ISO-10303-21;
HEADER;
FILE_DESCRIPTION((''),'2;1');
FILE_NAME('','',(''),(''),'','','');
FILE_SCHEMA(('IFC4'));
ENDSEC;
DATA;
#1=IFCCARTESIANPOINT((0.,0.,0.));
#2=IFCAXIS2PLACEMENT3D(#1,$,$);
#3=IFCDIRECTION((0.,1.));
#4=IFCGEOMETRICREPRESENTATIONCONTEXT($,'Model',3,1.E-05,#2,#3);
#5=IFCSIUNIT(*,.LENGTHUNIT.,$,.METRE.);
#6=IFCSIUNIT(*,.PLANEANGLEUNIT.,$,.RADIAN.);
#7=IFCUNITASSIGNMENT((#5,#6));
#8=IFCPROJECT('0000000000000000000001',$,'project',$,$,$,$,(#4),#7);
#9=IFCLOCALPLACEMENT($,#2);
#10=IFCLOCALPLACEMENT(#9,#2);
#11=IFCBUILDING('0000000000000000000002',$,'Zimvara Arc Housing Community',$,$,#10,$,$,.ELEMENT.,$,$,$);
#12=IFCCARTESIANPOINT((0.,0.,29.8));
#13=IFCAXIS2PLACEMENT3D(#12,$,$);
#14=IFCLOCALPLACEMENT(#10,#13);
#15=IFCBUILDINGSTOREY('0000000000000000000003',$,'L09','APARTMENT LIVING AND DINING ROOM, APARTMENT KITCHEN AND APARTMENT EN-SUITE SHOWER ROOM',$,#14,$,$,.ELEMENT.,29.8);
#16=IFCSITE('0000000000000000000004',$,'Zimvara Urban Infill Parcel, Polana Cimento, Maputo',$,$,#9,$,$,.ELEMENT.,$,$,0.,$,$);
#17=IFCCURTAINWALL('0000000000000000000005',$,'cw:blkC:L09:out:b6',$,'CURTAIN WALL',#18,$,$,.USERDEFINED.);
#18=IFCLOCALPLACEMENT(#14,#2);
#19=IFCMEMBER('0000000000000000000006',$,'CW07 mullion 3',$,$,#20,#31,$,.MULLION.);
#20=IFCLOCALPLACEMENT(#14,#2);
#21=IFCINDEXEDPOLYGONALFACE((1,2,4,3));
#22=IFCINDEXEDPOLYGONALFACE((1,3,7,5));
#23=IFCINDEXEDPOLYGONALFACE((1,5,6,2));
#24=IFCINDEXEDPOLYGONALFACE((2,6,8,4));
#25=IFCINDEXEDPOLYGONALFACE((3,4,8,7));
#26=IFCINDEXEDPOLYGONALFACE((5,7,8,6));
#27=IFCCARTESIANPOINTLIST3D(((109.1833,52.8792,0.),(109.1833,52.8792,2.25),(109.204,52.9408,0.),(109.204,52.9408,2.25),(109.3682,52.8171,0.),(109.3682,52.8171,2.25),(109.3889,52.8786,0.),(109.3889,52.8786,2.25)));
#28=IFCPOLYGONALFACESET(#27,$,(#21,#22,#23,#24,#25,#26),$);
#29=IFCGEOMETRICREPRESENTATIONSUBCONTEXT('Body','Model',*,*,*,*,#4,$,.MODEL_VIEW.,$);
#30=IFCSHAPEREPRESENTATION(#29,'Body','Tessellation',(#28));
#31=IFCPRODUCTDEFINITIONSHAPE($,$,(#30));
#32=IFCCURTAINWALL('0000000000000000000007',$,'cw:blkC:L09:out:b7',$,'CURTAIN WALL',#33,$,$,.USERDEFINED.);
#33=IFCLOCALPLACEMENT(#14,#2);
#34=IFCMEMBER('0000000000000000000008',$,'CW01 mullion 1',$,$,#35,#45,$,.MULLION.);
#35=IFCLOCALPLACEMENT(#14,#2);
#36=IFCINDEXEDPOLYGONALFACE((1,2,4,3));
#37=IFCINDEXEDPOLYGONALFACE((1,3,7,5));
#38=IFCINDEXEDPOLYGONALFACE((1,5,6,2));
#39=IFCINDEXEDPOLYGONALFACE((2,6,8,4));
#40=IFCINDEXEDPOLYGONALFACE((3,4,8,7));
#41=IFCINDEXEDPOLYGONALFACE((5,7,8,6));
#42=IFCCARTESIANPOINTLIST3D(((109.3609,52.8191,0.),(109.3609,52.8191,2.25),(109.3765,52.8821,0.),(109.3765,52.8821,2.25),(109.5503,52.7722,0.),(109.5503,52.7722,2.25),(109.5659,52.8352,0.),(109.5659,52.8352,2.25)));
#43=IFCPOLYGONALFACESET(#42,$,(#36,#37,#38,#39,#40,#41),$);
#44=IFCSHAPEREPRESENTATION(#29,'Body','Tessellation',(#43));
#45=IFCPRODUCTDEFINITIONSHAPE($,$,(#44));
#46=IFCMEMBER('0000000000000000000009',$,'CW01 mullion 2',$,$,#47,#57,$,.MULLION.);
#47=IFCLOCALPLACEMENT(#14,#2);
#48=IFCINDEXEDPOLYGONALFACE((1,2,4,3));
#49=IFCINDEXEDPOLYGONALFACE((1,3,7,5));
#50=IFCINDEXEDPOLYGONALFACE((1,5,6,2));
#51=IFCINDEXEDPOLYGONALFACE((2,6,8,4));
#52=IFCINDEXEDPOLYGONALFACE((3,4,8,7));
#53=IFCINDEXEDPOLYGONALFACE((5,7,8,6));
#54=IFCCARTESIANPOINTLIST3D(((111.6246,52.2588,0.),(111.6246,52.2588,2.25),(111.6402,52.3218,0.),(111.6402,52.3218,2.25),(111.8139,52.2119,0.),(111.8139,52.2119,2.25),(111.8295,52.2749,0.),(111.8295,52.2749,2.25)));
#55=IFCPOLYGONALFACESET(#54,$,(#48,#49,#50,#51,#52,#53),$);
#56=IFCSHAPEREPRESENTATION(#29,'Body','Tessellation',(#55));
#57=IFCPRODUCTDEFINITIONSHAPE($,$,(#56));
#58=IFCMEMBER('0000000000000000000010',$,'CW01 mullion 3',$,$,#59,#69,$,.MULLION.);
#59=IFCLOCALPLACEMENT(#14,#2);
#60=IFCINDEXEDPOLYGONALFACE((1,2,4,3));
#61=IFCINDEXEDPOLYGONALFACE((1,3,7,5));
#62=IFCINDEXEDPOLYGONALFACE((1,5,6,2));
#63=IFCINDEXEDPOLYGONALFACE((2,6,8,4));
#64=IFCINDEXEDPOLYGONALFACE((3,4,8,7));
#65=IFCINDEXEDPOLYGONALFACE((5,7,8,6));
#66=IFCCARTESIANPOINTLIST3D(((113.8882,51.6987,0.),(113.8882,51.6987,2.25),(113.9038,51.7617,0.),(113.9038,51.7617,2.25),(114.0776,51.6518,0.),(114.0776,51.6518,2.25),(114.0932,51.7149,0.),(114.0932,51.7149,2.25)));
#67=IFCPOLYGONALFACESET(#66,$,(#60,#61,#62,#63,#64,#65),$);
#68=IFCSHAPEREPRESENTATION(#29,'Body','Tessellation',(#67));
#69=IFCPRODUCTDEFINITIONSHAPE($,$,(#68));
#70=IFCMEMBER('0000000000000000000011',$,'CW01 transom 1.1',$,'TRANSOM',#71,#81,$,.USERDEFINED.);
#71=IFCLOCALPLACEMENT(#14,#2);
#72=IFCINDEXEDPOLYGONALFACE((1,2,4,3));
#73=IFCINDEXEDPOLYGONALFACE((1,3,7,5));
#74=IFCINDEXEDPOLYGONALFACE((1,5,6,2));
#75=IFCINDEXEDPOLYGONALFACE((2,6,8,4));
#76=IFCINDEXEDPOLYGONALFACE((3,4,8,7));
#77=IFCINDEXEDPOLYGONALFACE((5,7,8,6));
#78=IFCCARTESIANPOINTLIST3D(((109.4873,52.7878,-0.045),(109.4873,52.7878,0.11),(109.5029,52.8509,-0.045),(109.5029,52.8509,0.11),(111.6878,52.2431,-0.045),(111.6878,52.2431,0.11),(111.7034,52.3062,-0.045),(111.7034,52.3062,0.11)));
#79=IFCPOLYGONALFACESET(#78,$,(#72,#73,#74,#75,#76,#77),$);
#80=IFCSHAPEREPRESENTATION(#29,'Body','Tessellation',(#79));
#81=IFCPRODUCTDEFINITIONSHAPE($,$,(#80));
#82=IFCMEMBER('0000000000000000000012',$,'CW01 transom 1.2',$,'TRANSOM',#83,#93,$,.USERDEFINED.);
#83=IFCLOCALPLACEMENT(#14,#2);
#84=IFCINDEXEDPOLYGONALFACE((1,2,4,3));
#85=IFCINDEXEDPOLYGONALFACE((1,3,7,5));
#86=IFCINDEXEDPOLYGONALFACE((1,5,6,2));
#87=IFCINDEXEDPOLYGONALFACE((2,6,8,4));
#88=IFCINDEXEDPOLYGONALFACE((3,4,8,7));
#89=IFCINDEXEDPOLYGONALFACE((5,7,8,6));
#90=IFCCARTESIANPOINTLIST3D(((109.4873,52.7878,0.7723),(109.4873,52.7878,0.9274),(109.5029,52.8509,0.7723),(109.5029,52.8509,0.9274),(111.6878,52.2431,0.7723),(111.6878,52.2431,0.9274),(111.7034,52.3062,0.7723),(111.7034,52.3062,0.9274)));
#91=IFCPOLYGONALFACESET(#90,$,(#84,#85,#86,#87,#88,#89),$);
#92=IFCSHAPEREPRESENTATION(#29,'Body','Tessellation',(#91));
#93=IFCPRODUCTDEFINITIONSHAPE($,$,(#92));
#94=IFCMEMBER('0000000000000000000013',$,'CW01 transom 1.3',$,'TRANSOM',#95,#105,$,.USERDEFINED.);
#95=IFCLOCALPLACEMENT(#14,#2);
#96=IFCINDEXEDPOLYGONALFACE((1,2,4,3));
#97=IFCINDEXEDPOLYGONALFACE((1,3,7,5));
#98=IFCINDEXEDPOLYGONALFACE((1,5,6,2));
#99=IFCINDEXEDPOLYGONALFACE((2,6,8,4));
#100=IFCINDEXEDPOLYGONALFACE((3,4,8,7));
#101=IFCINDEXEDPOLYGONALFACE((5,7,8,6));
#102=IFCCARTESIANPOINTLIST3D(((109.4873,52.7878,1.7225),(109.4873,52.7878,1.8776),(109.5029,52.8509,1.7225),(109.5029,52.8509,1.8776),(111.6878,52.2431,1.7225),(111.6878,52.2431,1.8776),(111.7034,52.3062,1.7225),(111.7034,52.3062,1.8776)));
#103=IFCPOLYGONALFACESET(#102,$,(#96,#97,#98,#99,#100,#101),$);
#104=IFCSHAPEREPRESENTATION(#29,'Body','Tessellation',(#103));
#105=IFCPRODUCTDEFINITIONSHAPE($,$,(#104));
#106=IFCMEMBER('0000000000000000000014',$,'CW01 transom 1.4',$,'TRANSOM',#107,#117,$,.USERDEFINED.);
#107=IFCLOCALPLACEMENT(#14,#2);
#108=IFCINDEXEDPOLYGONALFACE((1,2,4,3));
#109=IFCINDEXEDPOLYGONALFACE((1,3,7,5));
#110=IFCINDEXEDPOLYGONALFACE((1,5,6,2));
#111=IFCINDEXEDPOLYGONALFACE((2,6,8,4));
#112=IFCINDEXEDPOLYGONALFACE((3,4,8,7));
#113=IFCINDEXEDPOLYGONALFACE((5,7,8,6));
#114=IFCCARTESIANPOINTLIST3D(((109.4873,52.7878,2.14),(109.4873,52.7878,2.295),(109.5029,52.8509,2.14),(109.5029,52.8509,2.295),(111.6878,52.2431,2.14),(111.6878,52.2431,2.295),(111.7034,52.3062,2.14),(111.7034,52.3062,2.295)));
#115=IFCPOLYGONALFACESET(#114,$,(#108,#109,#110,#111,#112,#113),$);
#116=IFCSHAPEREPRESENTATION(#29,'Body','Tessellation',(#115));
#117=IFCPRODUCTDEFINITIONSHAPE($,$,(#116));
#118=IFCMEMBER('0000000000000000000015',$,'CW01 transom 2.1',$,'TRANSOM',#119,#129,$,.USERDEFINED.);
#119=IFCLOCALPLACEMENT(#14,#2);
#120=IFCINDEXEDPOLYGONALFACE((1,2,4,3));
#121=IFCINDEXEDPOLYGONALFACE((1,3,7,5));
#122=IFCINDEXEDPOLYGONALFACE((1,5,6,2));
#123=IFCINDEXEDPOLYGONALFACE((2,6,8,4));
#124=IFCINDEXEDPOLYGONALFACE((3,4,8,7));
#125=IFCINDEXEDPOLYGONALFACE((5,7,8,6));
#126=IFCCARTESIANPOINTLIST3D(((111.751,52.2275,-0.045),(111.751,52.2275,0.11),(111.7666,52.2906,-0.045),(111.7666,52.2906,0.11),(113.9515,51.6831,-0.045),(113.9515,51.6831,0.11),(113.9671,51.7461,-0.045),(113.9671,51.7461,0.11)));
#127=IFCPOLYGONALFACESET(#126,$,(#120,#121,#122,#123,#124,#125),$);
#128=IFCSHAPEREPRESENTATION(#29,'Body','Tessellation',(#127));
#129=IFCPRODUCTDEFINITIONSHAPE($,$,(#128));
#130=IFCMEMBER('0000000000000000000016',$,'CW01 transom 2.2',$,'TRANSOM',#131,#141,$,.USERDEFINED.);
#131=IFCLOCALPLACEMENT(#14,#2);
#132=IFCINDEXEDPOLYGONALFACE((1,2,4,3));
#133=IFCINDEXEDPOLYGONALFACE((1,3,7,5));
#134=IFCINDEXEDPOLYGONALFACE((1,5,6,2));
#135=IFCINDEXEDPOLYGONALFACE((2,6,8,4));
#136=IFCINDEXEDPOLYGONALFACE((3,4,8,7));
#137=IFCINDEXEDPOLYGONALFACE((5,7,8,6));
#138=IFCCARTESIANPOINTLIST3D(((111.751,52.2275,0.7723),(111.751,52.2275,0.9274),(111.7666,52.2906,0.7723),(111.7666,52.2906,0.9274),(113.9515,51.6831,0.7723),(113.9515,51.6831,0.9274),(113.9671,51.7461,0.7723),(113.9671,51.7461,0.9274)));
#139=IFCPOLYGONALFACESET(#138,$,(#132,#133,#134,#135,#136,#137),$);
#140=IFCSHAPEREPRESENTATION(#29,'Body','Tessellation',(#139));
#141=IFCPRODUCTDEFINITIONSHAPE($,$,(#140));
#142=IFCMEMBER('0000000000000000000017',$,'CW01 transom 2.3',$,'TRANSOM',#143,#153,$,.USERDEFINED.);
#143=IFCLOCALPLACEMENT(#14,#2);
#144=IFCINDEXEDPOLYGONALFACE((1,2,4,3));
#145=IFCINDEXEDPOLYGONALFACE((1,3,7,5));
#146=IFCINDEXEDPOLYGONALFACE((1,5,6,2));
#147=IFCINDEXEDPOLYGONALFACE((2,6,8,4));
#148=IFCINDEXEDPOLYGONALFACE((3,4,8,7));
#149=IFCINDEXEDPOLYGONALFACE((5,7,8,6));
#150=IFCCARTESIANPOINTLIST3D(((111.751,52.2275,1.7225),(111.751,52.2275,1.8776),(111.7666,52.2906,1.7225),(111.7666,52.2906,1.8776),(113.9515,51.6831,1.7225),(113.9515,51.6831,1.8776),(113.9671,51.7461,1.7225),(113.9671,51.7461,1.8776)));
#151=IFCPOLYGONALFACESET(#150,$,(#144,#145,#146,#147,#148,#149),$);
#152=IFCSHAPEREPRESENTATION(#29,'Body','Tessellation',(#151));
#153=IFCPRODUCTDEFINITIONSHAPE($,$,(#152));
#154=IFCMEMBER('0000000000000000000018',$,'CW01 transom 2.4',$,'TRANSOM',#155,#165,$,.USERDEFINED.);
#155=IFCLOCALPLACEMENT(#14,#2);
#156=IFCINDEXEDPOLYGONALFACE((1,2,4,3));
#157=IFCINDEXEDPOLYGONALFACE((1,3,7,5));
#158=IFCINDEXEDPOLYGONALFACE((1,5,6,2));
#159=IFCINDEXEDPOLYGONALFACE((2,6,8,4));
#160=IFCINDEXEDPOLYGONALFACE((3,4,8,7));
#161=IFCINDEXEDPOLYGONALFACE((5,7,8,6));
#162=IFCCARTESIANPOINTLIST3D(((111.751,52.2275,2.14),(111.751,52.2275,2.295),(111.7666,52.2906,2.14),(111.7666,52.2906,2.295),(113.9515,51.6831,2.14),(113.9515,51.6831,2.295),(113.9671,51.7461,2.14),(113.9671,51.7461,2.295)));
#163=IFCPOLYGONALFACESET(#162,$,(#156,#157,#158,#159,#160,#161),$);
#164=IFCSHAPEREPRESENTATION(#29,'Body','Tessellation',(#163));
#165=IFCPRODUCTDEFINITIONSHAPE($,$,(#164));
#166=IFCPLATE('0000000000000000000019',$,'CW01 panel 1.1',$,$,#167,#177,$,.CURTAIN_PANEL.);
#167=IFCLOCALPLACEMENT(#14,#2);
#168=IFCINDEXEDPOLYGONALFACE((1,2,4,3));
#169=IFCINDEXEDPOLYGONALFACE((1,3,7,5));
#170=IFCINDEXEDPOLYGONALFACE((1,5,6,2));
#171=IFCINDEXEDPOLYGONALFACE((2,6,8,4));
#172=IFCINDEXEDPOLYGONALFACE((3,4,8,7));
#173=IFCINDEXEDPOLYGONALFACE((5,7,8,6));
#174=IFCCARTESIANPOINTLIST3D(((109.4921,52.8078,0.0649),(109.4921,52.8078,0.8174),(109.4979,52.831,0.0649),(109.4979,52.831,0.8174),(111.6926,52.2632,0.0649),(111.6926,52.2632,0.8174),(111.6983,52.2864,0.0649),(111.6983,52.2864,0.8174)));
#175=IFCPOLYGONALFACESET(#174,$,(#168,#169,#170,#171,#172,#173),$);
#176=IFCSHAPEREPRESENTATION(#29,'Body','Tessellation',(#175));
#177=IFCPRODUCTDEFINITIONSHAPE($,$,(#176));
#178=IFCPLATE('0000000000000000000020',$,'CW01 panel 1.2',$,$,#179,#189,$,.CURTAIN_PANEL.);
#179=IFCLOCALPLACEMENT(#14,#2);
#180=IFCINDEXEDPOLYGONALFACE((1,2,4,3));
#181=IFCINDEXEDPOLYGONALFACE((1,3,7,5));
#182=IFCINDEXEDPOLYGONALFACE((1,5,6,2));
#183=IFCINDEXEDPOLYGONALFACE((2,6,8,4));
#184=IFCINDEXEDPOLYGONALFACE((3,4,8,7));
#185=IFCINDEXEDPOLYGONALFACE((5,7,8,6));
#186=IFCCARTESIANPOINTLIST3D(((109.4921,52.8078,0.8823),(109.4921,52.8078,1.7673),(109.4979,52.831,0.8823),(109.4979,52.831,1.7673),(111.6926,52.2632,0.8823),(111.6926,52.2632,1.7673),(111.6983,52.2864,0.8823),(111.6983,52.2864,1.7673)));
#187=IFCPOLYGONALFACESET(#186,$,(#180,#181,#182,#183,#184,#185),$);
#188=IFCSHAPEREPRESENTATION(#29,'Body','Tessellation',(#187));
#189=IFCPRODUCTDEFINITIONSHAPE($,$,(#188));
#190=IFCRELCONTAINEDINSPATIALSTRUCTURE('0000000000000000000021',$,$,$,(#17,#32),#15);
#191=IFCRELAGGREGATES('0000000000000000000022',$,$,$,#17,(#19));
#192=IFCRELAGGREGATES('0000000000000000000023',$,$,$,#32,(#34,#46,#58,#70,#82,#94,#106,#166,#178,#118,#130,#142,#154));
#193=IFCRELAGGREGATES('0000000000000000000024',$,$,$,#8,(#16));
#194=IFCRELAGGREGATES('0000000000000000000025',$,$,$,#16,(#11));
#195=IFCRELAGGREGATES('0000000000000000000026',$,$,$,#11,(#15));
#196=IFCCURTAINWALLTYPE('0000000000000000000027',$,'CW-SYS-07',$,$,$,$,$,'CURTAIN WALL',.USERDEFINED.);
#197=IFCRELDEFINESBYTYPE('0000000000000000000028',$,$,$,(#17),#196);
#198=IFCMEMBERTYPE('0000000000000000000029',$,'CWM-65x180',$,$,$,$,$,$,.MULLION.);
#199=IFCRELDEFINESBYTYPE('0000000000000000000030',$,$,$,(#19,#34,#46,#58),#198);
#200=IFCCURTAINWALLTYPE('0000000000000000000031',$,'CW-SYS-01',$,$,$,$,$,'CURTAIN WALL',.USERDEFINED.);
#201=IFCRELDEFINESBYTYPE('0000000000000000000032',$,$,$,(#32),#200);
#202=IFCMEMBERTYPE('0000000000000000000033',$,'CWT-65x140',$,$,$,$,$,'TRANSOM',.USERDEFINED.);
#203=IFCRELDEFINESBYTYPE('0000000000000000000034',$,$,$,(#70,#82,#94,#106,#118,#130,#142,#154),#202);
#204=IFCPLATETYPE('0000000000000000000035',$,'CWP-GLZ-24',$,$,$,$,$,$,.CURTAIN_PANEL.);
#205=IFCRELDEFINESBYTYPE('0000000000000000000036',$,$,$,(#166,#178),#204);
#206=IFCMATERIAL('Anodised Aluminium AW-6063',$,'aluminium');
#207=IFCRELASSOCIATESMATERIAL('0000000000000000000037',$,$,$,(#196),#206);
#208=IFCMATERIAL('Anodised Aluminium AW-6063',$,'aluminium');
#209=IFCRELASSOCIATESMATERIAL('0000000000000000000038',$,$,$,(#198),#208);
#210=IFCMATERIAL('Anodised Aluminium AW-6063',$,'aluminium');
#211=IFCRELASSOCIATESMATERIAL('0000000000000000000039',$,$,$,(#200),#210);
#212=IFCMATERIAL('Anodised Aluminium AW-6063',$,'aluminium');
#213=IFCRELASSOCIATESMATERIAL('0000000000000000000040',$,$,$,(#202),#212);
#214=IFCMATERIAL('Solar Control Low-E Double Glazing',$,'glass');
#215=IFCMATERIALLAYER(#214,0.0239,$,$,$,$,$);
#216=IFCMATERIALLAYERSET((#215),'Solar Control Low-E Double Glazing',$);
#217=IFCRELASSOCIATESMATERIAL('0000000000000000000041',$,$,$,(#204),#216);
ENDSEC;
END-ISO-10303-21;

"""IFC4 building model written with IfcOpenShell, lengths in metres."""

from ifc_helpers import new_model, si_unit, direction, frame, origin, origin_2d, place, context, subcontext, project, spatial, rectangle, extrude, material, layer, layer_set, material_profile, profile_set, type_object, element, aggregate, save


model = new_model("IFC4")

# Units and contexts
model_context = context("Model", 3, precision=1e-05, world=origin(), true_north=direction((0.0, 1.0)))
body_context = subcontext(model_context, "Body", "Model", "MODEL_VIEW")
ifc_project = project(units=[si_unit("LENGTHUNIT", "METRE"), si_unit("PLANEANGLEUNIT", "RADIAN")], contexts=[model_context])

# Site, building, storey
site_placement = place(None, origin())
site = spatial("IfcSite", under=ifc_project, at=site_placement, Name="Zimvara Urban Infill Parcel, Polana Cimento, Maputo", CompositionType="ELEMENT", RefElevation=0.0)
building_placement = place(site_placement, origin())
building = spatial("IfcBuilding", under=site, at=building_placement, Name="Zimvara Arc Housing Community", CompositionType="ELEMENT")
storey_placement = place(building_placement, frame((0.0, 0.0, 29.8)))
storey = spatial("IfcBuildingStorey", under=building, at=storey_placement, Name="L09", Description="APARTMENT LIVING AND DINING ROOM, APARTMENT KITCHEN AND APARTMENT EN-SUITE SHOWER ROOM", CompositionType="ELEMENT", Elevation=29.8)

# Curtain wall, member
ifc_material_1 = material(Name="Anodised Aluminium AW-6063", Category="aluminium")
curtain_wall_type_1 = type_object("IfcCurtainWallType", Name="CW-SYS-07", ElementType="CURTAIN WALL", PredefinedType="USERDEFINED", material=ifc_material_1)
curtain_wall_1_placement = place(storey_placement, origin())
curtain_wall_1 = element("IfcCurtainWall", 1, at=curtain_wall_1_placement, inside=storey, type_object=curtain_wall_type_1, Name="cw:blkC:L09:out:b6", ObjectType="CURTAIN WALL", PredefinedType="USERDEFINED")
ifc_material_2 = material(Name="Anodised Aluminium AW-6063", Category="aluminium")
ifc_material_profile_1 = material_profile(ifc_material_2, rectangle(XDim=0.0649, YDim=0.1951, at=origin_2d()), Name="ALU 65x195")
ifc_profile_set_1 = profile_set([ifc_material_profile_1], Name="Anodised Aluminium AW-6063")
member_type_1 = type_object("IfcMemberType", Name="CWM-65x180", PredefinedType="MULLION", material=ifc_profile_set_1)
member_1_placement = place(storey_placement, frame((109.2861, 52.8789, 0.0), z_axis=(0.0, 0.0, 1.0), x_axis=(0.318629, 0.94788, 0.0)))
member_1 = element("IfcMember", 2, at=member_1_placement, type_object=member_type_1, Name="CW07 mullion 3", PredefinedType="MULLION", context=body_context, shape_type="SweptSolid", body=[
    extrude(rectangle(XDim=0.0649, YDim=0.1951, at=origin_2d()), origin(), (0.0, 0.0, 1.0), 2.25),
])
aggregate(curtain_wall_1, [member_1])

# Curtain wall, members, plates
ifc_material_3 = material(Name="Anodised Aluminium AW-6063", Category="aluminium")
curtain_wall_type_2 = type_object("IfcCurtainWallType", Name="CW-SYS-01", ElementType="CURTAIN WALL", PredefinedType="USERDEFINED", material=ifc_material_3)
curtain_wall_2_placement = place(storey_placement, origin())
curtain_wall_2 = element("IfcCurtainWall", 3, at=curtain_wall_2_placement, inside=storey, type_object=curtain_wall_type_2, Name="cw:blkC:L09:out:b7", ObjectType="CURTAIN WALL", PredefinedType="USERDEFINED")
member_2_placement = place(storey_placement, frame((109.4634, 52.8271, 0.0), z_axis=(0.0, 0.0, 1.0), x_axis=(0.24023, 0.970716, 0.0)))
member_2 = element("IfcMember", 4, at=member_2_placement, type_object=member_type_1, Name="CW01 mullion 1", PredefinedType="MULLION", context=body_context, shape_type="SweptSolid", body=[
    extrude(rectangle(XDim=0.0649, YDim=0.1951, at=origin_2d()), origin(), (0.0, 0.0, 1.0), 2.25),
])
member_3_placement = place(storey_placement, frame((111.7271, 52.2668, 0.0), z_axis=(0.0, 0.0, 1.0), x_axis=(0.24023, 0.970716, 0.0)))
member_3 = element("IfcMember", 5, at=member_3_placement, type_object=member_type_1, Name="CW01 mullion 2", PredefinedType="MULLION", context=body_context, shape_type="SweptSolid", body=[
    extrude(rectangle(XDim=0.0649, YDim=0.1951, at=origin_2d()), origin(), (0.0, 0.0, 1.0), 2.25),
])
member_4_placement = place(storey_placement, frame((113.9907, 51.7068, 0.0), z_axis=(0.0, 0.0, 1.0), x_axis=(0.24023, 0.970716, 0.0)))
member_4 = element("IfcMember", 6, at=member_4_placement, type_object=member_type_1, Name="CW01 mullion 3", PredefinedType="MULLION", context=body_context, shape_type="SweptSolid", body=[
    extrude(rectangle(XDim=0.0649, YDim=0.1951, at=origin_2d()), origin(), (0.0, 0.0, 1.0), 2.25),
])
ifc_material_4 = material(Name="Anodised Aluminium AW-6063", Category="aluminium")
ifc_material_profile_2 = material_profile(ifc_material_4, rectangle(XDim=0.0649, YDim=0.155, at=origin_2d()), Name="ALU 65x155")
ifc_profile_set_2 = profile_set([ifc_material_profile_2], Name="Anodised Aluminium AW-6063")
member_type_2 = type_object("IfcMemberType", Name="CWT-65x140", ElementType="TRANSOM", PredefinedType="USERDEFINED", material=ifc_profile_set_2)
member_5_placement = place(storey_placement, frame((109.4951, 52.8193, 0.0325), z_axis=(0.970704, -0.24028, 0.0), x_axis=(0.24028, 0.970704, 0.0)))
member_5 = element("IfcMember", 7, at=member_5_placement, type_object=member_type_2, Name="CW01 transom 1.1", ObjectType="TRANSOM", PredefinedType="USERDEFINED", context=body_context, shape_type="SweptSolid", body=[
    extrude(rectangle(XDim=0.0649, YDim=0.155, at=origin_2d()), origin(), (0.0, 0.0, 1.0), 2.2668),
])
member_6_placement = place(storey_placement, frame((109.4951, 52.8193, 0.8499), z_axis=(0.970704, -0.24028, 0.0), x_axis=(0.24028, 0.970704, 0.0)))
member_6 = element("IfcMember", 8, at=member_6_placement, type_object=member_type_2, Name="CW01 transom 1.2", ObjectType="TRANSOM", PredefinedType="USERDEFINED", context=body_context, shape_type="SweptSolid", body=[
    extrude(rectangle(XDim=0.0649, YDim=0.155, at=origin_2d()), origin(), (0.0, 0.0, 1.0), 2.2668),
])
member_7_placement = place(storey_placement, frame((109.4951, 52.8193, 1.8), z_axis=(0.970704, -0.24028, 0.0), x_axis=(0.24028, 0.970704, 0.0)))
member_7 = element("IfcMember", 9, at=member_7_placement, type_object=member_type_2, Name="CW01 transom 1.3", ObjectType="TRANSOM", PredefinedType="USERDEFINED", context=body_context, shape_type="SweptSolid", body=[
    extrude(rectangle(XDim=0.0649, YDim=0.155, at=origin_2d()), origin(), (0.0, 0.0, 1.0), 2.2668),
])
member_8_placement = place(storey_placement, frame((109.4951, 52.8193, 2.2175), z_axis=(0.970704, -0.24028, 0.0), x_axis=(0.24028, 0.970704, 0.0)))
member_8 = element("IfcMember", 10, at=member_8_placement, type_object=member_type_2, Name="CW01 transom 1.4", ObjectType="TRANSOM", PredefinedType="USERDEFINED", context=body_context, shape_type="SweptSolid", body=[
    extrude(rectangle(XDim=0.0649, YDim=0.155, at=origin_2d()), origin(), (0.0, 0.0, 1.0), 2.2668),
])
member_9_placement = place(storey_placement, frame((111.7588, 52.259, 0.0325), z_axis=(0.970729, -0.240178, 0.0), x_axis=(0.240178, 0.970729, 0.0)))
member_9 = element("IfcMember", 11, at=member_9_placement, type_object=member_type_2, Name="CW01 transom 2.1", ObjectType="TRANSOM", PredefinedType="USERDEFINED", context=body_context, shape_type="SweptSolid", body=[
    extrude(rectangle(XDim=0.0649, YDim=0.155, at=origin_2d()), origin(), (0.0, 0.0, 1.0), 2.2668),
])
member_10_placement = place(storey_placement, frame((111.7588, 52.259, 0.8499), z_axis=(0.970729, -0.240178, 0.0), x_axis=(0.240178, 0.970729, 0.0)))
member_10 = element("IfcMember", 12, at=member_10_placement, type_object=member_type_2, Name="CW01 transom 2.2", ObjectType="TRANSOM", PredefinedType="USERDEFINED", context=body_context, shape_type="SweptSolid", body=[
    extrude(rectangle(XDim=0.0649, YDim=0.155, at=origin_2d()), origin(), (0.0, 0.0, 1.0), 2.2668),
])
member_11_placement = place(storey_placement, frame((111.7588, 52.259, 1.8), z_axis=(0.970729, -0.240178, 0.0), x_axis=(0.240178, 0.970729, 0.0)))
member_11 = element("IfcMember", 13, at=member_11_placement, type_object=member_type_2, Name="CW01 transom 2.3", ObjectType="TRANSOM", PredefinedType="USERDEFINED", context=body_context, shape_type="SweptSolid", body=[
    extrude(rectangle(XDim=0.0649, YDim=0.155, at=origin_2d()), origin(), (0.0, 0.0, 1.0), 2.2668),
])
member_12_placement = place(storey_placement, frame((111.7588, 52.259, 2.2175), z_axis=(0.970729, -0.240178, 0.0), x_axis=(0.240178, 0.970729, 0.0)))
member_12 = element("IfcMember", 14, at=member_12_placement, type_object=member_type_2, Name="CW01 transom 2.4", ObjectType="TRANSOM", PredefinedType="USERDEFINED", context=body_context, shape_type="SweptSolid", body=[
    extrude(rectangle(XDim=0.0649, YDim=0.155, at=origin_2d()), origin(), (0.0, 0.0, 1.0), 2.2668),
])
ifc_material_5 = material(Name="Solar Control Low-E Double Glazing", Category="glass")
ifc_layer_1 = layer(ifc_material_5, 0.0239)
ifc_layer_set_1 = layer_set([ifc_layer_1], Name="Solar Control Low-E Double Glazing")
plate_type = type_object("IfcPlateType", Name="CWP-GLZ-24", PredefinedType="CURTAIN_PANEL", material=ifc_layer_set_1)
plate_1_placement = place(storey_placement, frame((110.5952, 52.5471, 0.0649), z_axis=(0.0, 0.0, 1.0), x_axis=(0.970716, -0.24023, 0.0)))
plate_1 = element("IfcPlate", 15, at=plate_1_placement, type_object=plate_type, Name="CW01 panel 1.1", PredefinedType="CURTAIN_PANEL", context=body_context, shape_type="SweptSolid", body=[
    extrude(rectangle(XDim=2.2668, YDim=0.0239, at=origin_2d()), origin(), (0.0, 0.0, 1.0), 0.7524),
])
plate_2_placement = place(storey_placement, frame((110.5952, 52.5471, 0.8823), z_axis=(0.0, 0.0, 1.0), x_axis=(0.970716, -0.24023, 0.0)))
plate_2 = element("IfcPlate", 16, at=plate_2_placement, type_object=plate_type, Name="CW01 panel 1.2", PredefinedType="CURTAIN_PANEL", context=body_context, shape_type="SweptSolid", body=[
    extrude(rectangle(XDim=2.2668, YDim=0.0239, at=origin_2d()), origin(), (0.0, 0.0, 1.0), 0.885),
])
aggregate(curtain_wall_2, [member_2, member_3, member_4, member_5, member_6, member_7, member_8, plate_1, plate_2, member_9, member_10, member_11, member_12])

save(model, "model.ifc")
